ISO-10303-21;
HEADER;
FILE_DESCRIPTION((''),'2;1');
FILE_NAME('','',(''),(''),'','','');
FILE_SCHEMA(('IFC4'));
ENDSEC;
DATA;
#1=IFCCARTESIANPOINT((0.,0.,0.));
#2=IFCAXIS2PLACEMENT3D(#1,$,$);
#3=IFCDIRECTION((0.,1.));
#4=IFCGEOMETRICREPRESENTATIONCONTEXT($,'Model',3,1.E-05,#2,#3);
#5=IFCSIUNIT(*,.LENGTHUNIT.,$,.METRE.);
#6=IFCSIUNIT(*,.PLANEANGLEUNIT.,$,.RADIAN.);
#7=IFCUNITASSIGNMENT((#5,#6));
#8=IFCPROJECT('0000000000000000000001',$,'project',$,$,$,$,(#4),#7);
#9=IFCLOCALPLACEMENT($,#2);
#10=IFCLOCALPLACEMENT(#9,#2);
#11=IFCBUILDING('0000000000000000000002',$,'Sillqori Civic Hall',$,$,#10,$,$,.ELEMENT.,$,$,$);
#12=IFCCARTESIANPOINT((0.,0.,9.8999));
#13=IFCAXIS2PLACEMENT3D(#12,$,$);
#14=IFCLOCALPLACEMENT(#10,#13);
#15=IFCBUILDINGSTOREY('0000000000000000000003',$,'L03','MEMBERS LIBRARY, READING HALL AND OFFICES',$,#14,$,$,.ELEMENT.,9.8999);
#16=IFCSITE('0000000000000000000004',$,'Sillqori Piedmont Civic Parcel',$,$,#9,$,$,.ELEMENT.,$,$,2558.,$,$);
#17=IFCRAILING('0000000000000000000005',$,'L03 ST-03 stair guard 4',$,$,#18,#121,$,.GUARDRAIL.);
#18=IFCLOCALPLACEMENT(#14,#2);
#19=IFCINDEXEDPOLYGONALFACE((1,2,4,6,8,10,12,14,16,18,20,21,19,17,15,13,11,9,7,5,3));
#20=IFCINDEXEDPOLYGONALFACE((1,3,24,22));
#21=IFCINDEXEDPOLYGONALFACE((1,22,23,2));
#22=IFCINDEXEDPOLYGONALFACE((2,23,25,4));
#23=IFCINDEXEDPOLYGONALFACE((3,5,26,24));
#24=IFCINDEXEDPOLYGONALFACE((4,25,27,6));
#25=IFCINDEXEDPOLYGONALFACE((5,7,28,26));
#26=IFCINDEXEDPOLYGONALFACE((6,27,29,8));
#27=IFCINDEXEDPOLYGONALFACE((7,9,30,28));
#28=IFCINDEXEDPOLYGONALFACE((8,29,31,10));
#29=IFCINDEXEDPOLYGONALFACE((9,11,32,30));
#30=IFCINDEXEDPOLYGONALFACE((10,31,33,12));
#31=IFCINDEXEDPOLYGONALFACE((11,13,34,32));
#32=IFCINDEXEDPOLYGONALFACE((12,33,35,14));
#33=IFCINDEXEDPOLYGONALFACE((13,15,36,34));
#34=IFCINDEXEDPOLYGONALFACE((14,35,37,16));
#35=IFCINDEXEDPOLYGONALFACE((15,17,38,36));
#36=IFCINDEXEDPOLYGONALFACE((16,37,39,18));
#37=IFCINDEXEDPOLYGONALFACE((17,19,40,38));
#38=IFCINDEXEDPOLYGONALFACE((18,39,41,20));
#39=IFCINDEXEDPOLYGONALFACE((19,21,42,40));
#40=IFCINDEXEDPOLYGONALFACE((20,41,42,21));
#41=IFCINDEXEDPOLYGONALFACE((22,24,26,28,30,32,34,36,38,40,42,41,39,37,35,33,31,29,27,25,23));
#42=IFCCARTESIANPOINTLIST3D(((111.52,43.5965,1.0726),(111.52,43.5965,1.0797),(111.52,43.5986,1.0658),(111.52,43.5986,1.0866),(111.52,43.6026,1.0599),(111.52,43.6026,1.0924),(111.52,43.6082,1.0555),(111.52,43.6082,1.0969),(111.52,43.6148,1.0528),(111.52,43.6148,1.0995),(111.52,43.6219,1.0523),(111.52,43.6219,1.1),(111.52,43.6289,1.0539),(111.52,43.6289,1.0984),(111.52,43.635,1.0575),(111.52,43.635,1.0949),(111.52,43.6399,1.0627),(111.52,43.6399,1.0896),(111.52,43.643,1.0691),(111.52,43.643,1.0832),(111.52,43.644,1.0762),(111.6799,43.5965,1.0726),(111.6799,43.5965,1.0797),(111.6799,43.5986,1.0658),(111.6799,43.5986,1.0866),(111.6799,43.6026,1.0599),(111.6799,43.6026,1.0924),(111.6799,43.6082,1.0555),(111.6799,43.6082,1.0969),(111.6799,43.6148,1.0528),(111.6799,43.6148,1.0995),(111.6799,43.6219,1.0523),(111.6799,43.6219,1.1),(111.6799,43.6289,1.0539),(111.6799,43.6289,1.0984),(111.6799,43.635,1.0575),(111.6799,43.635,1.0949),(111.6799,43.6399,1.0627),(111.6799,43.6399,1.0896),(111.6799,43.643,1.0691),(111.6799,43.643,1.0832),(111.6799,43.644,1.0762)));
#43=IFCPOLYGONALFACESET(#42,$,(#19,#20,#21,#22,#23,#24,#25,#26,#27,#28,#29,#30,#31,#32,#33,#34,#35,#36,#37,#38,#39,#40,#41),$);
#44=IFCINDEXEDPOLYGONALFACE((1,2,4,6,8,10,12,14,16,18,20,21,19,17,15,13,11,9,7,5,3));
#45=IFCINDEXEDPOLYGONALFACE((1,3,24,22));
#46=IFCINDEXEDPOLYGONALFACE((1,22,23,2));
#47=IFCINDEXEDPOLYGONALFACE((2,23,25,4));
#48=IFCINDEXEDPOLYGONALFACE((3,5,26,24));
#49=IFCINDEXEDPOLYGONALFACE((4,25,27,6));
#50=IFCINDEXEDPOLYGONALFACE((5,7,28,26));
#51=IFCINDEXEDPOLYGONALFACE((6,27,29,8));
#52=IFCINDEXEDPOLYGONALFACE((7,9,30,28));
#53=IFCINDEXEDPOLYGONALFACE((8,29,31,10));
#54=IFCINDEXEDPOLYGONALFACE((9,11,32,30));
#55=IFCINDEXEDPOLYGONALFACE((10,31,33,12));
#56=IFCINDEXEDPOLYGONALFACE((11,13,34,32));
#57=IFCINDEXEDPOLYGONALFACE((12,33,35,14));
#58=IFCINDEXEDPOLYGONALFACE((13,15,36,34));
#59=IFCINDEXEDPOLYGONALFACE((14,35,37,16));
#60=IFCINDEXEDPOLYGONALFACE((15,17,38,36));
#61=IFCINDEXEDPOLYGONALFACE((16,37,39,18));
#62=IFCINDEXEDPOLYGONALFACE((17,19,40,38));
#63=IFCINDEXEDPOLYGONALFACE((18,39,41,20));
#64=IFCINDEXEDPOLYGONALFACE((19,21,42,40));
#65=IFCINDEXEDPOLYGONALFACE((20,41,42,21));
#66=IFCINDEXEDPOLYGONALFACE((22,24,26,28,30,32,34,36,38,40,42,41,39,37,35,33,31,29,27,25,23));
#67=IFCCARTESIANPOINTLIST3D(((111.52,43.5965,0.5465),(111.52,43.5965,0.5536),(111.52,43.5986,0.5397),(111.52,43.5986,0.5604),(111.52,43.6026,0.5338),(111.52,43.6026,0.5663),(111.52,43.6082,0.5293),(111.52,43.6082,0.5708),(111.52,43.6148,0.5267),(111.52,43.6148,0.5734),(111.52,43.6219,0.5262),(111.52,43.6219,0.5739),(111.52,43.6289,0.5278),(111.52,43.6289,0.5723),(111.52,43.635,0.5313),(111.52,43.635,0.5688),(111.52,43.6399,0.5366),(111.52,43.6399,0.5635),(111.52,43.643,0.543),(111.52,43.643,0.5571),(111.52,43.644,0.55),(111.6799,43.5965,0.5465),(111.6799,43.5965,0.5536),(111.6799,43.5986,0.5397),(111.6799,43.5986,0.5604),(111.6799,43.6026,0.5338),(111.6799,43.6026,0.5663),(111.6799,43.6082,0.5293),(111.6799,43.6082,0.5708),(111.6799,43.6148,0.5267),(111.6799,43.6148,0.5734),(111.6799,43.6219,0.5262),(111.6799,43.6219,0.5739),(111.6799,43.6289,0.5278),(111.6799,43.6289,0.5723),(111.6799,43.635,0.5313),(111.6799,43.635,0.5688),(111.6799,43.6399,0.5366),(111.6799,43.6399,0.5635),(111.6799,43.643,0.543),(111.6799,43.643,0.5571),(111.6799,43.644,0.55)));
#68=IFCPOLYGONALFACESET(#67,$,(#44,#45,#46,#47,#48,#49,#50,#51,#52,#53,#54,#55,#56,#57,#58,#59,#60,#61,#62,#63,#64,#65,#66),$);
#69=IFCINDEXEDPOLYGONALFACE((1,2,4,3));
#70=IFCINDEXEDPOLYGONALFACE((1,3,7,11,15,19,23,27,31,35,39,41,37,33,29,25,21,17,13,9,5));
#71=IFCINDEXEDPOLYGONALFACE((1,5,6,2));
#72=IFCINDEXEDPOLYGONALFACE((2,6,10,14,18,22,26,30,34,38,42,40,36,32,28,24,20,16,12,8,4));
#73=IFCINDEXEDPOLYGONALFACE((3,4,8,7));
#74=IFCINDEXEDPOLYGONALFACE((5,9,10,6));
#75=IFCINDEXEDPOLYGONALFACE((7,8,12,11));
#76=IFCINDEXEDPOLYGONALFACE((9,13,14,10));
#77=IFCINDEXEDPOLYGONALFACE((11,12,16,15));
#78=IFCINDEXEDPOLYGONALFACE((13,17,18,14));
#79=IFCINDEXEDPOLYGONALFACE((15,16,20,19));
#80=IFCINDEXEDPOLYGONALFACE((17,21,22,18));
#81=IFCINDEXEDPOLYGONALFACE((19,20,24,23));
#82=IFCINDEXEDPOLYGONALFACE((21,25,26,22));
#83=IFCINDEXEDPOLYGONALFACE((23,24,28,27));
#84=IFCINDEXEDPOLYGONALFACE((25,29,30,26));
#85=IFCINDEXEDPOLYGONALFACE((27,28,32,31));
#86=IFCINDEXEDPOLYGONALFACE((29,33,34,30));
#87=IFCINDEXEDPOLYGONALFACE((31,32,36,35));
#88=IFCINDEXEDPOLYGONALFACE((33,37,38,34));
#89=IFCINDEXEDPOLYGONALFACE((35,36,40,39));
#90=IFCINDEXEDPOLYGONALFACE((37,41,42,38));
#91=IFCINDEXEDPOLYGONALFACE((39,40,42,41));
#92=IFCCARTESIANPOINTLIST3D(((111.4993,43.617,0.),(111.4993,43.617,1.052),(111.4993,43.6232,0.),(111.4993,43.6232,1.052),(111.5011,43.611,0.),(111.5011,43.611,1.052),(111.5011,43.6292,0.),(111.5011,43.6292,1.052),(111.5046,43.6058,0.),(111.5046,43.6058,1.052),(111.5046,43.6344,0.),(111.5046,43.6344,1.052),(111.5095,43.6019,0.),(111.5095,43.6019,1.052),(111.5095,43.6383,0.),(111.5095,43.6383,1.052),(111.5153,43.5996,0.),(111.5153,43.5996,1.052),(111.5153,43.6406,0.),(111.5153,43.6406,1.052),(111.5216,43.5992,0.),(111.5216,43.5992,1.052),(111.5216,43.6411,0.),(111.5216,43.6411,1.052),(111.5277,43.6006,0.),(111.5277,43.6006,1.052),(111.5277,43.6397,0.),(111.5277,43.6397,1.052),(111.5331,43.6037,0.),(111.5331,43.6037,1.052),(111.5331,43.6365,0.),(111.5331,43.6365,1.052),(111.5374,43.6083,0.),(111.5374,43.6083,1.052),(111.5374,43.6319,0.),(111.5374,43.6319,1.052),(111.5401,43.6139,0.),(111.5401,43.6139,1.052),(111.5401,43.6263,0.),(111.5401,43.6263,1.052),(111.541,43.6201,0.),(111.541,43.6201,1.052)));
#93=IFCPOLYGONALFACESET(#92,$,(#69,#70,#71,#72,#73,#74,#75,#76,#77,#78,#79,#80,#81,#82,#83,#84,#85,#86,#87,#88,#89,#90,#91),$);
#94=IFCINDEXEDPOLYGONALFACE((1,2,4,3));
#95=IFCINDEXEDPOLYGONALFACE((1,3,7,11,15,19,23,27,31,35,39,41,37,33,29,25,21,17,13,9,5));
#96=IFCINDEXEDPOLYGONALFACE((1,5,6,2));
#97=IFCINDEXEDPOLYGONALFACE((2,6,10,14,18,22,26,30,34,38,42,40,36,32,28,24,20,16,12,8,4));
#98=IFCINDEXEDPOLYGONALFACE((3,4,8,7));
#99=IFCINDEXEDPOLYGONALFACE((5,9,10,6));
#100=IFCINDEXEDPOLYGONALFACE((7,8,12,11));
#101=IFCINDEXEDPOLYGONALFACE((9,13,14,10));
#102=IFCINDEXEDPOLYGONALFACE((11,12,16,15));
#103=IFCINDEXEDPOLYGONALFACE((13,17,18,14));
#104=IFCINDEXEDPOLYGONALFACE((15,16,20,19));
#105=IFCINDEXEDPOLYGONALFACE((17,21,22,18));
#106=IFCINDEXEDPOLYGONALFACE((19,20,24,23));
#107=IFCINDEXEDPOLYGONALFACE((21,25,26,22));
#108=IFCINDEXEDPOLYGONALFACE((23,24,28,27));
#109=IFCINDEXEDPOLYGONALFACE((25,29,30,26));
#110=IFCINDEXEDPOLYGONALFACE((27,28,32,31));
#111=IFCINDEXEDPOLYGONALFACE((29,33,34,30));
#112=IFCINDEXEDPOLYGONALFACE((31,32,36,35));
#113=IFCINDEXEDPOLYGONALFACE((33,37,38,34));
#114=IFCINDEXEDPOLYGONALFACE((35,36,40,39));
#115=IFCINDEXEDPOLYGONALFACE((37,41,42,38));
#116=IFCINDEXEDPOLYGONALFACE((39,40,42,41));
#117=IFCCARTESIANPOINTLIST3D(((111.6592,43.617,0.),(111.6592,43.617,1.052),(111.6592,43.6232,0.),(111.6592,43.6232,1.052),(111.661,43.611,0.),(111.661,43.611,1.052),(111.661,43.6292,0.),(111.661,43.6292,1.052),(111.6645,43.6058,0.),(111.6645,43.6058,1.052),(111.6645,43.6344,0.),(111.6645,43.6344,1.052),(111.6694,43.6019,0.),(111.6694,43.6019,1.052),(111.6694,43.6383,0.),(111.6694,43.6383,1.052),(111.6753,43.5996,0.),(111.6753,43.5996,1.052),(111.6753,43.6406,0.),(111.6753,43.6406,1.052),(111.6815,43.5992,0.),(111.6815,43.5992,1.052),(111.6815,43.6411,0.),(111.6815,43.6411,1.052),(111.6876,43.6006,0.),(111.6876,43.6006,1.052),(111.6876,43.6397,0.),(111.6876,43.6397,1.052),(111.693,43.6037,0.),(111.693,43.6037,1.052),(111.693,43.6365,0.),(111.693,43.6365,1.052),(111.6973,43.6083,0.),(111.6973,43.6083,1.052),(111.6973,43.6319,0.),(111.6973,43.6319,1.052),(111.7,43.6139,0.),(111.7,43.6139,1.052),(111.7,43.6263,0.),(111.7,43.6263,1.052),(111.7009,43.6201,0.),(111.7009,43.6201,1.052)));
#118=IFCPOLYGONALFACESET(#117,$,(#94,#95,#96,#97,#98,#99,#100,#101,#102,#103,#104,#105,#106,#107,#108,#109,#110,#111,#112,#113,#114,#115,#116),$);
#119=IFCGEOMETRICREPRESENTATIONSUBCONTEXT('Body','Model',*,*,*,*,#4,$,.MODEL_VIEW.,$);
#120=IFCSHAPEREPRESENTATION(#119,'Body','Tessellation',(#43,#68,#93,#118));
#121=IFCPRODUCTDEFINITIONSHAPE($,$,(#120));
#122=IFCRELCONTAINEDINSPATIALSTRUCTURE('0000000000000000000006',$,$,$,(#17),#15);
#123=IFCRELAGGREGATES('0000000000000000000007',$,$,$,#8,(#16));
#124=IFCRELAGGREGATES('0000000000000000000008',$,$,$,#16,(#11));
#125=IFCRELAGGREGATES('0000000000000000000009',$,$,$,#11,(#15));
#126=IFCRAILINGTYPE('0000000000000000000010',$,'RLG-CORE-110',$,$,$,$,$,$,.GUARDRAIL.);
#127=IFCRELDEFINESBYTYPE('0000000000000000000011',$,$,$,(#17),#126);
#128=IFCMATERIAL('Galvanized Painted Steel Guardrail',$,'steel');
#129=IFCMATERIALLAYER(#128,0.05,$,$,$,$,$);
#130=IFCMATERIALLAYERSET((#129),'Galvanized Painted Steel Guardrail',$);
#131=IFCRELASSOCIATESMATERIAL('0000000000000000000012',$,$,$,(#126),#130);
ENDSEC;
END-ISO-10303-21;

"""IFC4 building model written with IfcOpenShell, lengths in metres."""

from ifc_helpers import new_model, si_unit, direction, frame, origin, origin_2d, place, context, subcontext, project, spatial, circle, extrude, material, layer, layer_set, type_object, element, save


model = new_model("IFC4")

# Units and contexts
model_context = context("Model", 3, precision=1e-05, world=origin(), true_north=direction((0.0, 1.0)))
body_context = subcontext(model_context, "Body", "Model", "MODEL_VIEW")
ifc_project = project(units=[si_unit("LENGTHUNIT", "METRE"), si_unit("PLANEANGLEUNIT", "RADIAN")], contexts=[model_context])

# Site, building, storey
site_placement = place(None, origin())
site = spatial("IfcSite", under=ifc_project, at=site_placement, Name="Sillqori Piedmont Civic Parcel", CompositionType="ELEMENT", RefElevation=2558.0)
building_placement = place(site_placement, origin())
building = spatial("IfcBuilding", under=site, at=building_placement, Name="Sillqori Civic Hall", CompositionType="ELEMENT")
storey_placement = place(building_placement, frame((0.0, 0.0, 9.8999)))
storey = spatial("IfcBuildingStorey", under=building, at=storey_placement, Name="L03", Description="MEMBERS LIBRARY, READING HALL AND OFFICES", CompositionType="ELEMENT", Elevation=9.8999)

# Railing
ifc_material_1 = material(Name="Galvanized Painted Steel Guardrail", Category="steel")
ifc_layer_1 = layer(ifc_material_1, 0.05)
ifc_layer_set_1 = layer_set([ifc_layer_1], Name="Galvanized Painted Steel Guardrail")
railing_type_1 = type_object("IfcRailingType", Name="RLG-CORE-110", PredefinedType="GUARDRAIL", material=ifc_layer_set_1)
railing_1_placement = place(storey_placement, frame((111.52, 43.6201, 0.0)))
element("IfcRailing", 1, at=railing_1_placement, inside=storey, type_object=railing_type_1, Name="L03 ST-03 stair guard 4", PredefinedType="GUARDRAIL", context=body_context, shape_type="SweptSolid", body=[
    extrude(circle(Radius=0.0239, at=origin_2d()), frame((0.0, 0.0, 1.0762), z_axis=(1.0, 0.0, 0.0), x_axis=(0.0, 1.0, 0.0)), (0.0, 0.0, 1.0), 0.1599),
    extrude(circle(Radius=0.0239, at=origin_2d()), frame((0.0, 0.0, 0.55), z_axis=(1.0, 0.0, 0.0), x_axis=(0.0, 1.0, 0.0)), (0.0, 0.0, 1.0), 0.1599),
    extrude(circle(Radius=0.021, at=origin_2d()), origin(), (0.0, 0.0, 1.0), 1.052),
    extrude(circle(Radius=0.021, at=origin_2d()), frame((0.1599, 0.0, 0.0)), (0.0, 0.0, 1.0), 1.052),
])

save(model, "model.ifc")
